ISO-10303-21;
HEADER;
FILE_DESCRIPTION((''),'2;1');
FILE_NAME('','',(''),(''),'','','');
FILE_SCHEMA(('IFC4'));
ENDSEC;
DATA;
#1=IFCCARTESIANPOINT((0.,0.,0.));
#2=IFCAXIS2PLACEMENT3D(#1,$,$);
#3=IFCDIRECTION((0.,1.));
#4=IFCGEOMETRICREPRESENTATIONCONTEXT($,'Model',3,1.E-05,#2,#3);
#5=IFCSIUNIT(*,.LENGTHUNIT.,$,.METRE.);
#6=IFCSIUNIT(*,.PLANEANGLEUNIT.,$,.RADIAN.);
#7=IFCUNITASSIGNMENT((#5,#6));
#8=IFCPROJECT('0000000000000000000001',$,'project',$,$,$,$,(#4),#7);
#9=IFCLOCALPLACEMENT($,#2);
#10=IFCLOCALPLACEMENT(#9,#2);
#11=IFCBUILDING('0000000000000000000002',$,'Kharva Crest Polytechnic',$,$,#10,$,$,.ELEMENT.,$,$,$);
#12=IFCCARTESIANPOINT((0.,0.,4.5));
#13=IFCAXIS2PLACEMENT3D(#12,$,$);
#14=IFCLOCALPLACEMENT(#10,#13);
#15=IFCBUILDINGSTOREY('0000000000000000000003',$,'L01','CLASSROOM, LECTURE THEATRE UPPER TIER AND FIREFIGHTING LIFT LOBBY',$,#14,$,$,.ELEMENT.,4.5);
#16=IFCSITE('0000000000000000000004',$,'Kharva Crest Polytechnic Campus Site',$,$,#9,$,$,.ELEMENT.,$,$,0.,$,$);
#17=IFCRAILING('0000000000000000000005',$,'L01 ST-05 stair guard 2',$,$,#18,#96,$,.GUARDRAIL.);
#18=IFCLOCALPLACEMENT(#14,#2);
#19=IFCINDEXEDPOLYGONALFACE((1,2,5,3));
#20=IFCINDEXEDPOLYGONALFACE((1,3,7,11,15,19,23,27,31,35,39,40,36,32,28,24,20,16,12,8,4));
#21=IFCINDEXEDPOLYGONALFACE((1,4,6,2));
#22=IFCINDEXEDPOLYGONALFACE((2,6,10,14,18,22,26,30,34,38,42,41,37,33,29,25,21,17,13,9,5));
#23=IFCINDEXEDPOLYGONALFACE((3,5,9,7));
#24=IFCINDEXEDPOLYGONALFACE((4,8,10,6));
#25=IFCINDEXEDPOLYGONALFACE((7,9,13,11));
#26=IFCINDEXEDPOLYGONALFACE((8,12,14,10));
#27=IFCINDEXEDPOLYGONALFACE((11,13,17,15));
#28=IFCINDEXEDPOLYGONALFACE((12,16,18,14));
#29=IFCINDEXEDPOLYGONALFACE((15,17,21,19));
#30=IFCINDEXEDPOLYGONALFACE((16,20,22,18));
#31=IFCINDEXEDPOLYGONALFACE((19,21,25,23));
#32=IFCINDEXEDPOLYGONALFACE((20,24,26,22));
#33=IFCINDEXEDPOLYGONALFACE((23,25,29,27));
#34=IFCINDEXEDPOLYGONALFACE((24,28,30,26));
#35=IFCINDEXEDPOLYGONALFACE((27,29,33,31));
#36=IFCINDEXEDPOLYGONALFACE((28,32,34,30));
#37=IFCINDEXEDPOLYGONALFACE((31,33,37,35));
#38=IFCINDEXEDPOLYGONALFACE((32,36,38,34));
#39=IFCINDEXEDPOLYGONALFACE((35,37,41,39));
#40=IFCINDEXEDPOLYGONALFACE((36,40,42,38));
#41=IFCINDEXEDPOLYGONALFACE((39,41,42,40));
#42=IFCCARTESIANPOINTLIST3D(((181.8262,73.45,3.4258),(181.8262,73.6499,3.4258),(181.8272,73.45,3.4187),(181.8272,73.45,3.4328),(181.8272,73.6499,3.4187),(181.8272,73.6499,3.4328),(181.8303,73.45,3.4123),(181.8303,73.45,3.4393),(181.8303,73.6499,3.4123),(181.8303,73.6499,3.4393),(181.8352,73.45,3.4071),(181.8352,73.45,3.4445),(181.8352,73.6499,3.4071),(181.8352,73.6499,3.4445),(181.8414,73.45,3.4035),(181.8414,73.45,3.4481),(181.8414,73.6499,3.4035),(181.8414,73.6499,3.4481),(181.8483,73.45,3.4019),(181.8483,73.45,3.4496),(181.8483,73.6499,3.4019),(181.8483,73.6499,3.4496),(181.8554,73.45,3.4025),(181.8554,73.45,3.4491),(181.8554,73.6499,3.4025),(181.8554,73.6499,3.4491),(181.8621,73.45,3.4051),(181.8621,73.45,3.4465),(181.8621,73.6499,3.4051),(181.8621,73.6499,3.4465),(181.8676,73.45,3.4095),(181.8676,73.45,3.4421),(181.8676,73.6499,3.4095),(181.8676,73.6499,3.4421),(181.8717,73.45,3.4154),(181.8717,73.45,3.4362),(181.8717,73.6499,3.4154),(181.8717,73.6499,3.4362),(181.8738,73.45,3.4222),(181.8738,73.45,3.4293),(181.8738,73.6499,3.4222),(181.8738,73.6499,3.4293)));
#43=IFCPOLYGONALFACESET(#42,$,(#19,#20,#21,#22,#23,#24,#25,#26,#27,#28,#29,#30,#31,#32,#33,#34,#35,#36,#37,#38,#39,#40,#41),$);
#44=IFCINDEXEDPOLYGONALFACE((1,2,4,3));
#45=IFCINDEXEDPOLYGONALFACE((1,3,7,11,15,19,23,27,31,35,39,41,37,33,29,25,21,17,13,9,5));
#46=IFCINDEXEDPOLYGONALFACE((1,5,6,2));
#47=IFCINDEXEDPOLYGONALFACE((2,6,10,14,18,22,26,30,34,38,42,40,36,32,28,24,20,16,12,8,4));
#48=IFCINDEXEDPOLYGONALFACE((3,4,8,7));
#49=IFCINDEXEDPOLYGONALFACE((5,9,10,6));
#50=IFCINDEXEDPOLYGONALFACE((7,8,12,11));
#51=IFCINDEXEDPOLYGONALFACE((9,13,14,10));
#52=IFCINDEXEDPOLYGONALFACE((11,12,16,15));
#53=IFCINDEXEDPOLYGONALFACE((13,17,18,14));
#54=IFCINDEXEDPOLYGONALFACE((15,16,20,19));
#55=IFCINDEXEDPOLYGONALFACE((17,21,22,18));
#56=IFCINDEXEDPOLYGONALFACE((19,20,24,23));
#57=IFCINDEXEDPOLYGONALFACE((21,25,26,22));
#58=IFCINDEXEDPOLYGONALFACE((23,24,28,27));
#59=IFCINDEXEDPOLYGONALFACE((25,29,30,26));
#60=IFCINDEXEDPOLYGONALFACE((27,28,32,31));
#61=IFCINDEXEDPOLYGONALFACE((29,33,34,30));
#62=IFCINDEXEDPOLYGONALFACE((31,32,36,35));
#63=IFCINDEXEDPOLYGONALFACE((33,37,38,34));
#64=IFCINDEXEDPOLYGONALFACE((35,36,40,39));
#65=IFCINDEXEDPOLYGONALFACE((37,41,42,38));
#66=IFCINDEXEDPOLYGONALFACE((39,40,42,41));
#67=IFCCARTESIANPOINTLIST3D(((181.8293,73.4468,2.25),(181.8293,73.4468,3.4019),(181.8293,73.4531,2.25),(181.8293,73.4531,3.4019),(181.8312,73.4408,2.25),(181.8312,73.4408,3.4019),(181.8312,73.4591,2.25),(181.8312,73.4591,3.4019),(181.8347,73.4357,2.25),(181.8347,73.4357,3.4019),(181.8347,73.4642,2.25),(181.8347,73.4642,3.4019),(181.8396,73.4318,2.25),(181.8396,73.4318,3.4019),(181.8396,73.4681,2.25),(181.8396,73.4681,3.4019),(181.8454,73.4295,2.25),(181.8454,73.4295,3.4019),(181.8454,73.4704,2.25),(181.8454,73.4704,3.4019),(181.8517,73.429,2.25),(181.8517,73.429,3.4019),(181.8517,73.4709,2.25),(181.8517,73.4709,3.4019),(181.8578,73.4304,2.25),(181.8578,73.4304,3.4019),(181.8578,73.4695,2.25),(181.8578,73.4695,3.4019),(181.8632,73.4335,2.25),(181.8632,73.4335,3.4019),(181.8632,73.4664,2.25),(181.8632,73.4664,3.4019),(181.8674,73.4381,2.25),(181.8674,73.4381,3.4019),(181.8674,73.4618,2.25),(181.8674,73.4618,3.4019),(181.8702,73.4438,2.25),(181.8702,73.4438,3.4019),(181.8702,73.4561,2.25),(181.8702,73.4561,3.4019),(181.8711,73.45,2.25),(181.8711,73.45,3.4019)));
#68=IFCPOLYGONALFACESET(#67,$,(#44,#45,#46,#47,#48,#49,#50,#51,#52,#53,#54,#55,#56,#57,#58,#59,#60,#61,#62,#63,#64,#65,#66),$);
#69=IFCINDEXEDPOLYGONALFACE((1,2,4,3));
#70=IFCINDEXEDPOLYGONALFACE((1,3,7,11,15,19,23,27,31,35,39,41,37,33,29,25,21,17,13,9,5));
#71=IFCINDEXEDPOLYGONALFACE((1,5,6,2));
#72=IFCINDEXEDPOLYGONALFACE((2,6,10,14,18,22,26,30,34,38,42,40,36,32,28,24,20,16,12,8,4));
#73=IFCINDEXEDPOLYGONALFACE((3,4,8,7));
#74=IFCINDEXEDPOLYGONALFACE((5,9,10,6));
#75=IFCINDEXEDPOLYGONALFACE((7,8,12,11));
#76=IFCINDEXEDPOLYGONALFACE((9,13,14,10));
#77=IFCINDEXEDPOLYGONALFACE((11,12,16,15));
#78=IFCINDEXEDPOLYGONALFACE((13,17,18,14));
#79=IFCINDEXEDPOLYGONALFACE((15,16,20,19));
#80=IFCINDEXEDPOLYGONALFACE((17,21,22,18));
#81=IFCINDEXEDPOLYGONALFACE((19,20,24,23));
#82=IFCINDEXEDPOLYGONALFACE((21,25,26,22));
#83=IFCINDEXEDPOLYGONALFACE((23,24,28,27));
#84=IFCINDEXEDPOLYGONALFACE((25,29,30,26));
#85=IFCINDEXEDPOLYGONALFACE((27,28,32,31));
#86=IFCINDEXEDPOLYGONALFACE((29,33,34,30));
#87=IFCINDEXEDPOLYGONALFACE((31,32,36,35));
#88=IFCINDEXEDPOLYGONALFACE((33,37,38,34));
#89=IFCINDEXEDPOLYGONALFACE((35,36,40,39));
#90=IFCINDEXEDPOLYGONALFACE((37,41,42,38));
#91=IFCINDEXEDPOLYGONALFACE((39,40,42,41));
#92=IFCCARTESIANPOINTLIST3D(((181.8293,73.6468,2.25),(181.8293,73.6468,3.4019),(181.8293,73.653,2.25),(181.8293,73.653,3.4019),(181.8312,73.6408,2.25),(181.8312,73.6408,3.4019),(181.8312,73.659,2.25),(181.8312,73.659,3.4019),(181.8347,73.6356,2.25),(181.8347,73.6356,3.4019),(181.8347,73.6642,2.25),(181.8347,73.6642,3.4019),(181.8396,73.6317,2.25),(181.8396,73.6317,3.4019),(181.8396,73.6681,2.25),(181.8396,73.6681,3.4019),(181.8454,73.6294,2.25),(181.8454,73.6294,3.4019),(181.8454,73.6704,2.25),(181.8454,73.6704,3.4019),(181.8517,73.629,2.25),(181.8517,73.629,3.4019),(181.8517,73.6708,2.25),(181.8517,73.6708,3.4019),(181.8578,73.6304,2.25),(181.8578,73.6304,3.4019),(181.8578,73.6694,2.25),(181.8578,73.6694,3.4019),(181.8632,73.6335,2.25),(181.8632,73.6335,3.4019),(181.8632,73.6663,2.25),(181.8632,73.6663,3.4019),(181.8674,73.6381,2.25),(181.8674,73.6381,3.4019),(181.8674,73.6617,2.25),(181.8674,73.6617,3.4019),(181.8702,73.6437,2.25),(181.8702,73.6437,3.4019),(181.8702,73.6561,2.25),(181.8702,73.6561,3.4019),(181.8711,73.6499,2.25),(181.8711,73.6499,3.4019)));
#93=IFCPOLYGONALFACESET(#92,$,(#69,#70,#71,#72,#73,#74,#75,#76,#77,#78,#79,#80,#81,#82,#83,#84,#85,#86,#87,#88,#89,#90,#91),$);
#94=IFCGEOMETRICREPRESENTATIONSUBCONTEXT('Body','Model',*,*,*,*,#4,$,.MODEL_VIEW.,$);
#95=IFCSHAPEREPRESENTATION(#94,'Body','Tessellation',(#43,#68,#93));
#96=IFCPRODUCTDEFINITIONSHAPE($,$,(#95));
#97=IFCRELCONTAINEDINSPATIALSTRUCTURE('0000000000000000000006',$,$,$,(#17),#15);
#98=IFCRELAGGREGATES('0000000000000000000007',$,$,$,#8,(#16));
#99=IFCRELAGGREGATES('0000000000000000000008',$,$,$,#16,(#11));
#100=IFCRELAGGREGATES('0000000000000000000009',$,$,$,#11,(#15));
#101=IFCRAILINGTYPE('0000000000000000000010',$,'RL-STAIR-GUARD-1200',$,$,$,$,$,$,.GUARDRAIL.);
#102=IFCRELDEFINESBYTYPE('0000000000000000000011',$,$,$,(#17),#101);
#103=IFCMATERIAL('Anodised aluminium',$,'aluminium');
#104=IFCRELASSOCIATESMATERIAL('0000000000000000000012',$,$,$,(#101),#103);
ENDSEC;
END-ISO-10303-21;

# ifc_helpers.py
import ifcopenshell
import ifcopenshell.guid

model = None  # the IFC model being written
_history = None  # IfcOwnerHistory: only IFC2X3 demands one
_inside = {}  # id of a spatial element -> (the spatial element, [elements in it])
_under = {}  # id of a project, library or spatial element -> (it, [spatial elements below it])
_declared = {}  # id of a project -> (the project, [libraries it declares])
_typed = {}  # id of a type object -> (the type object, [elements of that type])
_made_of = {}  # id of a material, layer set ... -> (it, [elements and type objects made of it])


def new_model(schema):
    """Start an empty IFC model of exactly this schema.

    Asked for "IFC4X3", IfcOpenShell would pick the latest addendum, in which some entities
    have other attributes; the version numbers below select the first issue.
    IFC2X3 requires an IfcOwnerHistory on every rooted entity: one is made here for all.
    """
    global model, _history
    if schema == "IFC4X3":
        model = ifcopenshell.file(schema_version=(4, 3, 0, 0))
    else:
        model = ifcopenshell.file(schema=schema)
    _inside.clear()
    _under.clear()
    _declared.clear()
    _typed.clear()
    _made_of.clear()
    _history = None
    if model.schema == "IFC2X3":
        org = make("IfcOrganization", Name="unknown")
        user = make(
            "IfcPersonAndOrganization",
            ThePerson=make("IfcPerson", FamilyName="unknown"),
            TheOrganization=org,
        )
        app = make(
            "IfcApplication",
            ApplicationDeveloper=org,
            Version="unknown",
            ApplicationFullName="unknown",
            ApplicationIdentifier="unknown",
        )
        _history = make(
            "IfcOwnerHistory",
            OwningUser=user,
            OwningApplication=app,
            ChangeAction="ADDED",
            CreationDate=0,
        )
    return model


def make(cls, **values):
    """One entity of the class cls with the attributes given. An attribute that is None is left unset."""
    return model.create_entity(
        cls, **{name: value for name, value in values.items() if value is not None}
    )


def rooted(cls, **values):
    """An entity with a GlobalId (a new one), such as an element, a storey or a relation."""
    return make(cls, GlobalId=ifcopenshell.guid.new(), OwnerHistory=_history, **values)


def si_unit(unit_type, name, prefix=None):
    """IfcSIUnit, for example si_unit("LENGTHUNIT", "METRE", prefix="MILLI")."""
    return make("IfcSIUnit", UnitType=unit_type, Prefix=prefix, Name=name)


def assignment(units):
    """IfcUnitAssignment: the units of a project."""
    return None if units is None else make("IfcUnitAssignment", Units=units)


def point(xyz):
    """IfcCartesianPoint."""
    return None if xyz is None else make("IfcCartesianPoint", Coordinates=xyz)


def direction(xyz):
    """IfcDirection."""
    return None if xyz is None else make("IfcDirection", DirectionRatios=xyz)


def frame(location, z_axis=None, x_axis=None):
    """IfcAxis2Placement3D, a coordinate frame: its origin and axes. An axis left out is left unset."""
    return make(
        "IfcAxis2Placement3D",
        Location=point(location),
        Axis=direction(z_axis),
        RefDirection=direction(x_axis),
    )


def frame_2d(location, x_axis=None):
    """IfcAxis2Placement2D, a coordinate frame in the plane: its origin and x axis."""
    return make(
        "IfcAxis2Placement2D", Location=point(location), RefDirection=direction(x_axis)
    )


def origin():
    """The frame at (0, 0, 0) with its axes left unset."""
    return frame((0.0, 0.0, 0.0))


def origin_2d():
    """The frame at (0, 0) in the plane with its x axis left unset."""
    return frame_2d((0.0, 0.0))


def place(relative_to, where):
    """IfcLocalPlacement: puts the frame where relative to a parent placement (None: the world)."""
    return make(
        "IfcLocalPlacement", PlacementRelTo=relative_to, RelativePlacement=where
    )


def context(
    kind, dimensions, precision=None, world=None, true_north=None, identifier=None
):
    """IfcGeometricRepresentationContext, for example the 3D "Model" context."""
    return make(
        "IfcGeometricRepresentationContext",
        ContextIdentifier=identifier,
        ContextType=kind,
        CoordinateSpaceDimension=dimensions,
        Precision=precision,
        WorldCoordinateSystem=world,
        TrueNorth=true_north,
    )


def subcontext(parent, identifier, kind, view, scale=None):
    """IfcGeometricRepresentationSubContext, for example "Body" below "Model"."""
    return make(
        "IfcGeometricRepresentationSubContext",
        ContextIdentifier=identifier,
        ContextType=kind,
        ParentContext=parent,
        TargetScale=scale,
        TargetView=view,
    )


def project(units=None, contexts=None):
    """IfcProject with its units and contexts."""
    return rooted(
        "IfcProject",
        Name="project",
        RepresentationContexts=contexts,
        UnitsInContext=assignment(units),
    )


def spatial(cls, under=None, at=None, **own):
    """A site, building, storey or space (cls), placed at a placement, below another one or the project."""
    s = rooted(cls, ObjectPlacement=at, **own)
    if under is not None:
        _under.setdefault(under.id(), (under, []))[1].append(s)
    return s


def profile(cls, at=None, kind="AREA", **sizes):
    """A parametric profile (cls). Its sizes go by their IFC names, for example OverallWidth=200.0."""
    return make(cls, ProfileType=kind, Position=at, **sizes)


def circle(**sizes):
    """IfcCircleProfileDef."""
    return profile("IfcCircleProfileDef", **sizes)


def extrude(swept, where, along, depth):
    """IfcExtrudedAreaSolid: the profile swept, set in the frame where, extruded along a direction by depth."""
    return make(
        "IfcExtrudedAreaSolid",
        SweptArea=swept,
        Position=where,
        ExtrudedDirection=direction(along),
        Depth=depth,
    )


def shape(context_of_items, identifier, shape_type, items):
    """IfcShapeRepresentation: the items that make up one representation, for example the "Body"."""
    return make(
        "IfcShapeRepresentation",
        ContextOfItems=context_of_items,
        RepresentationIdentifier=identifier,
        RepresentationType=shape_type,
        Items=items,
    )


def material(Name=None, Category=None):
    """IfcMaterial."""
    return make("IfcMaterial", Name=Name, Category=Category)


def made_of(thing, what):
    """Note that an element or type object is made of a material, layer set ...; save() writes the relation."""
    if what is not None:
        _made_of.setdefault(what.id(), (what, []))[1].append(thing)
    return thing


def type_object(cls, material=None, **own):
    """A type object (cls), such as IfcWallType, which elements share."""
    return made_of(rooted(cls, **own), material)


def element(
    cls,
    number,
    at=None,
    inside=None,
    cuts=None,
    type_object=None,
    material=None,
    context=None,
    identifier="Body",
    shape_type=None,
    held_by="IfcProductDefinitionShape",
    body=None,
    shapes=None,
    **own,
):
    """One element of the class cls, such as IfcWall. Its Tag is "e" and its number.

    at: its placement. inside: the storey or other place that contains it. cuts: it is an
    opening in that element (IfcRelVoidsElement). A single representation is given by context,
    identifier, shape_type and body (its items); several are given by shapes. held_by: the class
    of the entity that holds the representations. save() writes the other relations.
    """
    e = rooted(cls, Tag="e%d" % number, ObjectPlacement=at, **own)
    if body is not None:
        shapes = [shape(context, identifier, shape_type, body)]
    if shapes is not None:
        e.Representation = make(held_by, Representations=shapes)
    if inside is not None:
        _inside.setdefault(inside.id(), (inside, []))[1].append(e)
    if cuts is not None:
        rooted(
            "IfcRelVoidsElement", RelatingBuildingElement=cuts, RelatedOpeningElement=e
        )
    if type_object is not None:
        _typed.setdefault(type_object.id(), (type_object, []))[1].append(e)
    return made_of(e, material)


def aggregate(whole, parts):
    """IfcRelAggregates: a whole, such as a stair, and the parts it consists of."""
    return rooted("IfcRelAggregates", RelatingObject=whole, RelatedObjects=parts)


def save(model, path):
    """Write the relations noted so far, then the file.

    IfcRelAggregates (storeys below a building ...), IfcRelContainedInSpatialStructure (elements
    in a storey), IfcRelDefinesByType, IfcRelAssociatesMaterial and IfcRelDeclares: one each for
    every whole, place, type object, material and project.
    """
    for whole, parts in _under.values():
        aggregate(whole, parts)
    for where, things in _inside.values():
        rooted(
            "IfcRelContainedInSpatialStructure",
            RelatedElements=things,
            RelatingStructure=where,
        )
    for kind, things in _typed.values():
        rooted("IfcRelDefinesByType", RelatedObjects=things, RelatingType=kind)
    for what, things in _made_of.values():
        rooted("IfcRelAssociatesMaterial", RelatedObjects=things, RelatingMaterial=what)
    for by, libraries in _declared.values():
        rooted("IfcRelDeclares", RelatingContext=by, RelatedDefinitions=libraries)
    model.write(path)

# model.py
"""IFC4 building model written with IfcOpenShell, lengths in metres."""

from ifc_helpers import new_model, si_unit, direction, frame, origin, origin_2d, place, context, subcontext, project, spatial, circle, extrude, material, type_object, element, save


model = new_model("IFC4")

# Units and contexts
model_context = context("Model", 3, precision=1e-05, world=origin(), true_north=direction((0.0, 1.0)))
body_context = subcontext(model_context, "Body", "Model", "MODEL_VIEW")
ifc_project = project(units=[si_unit("LENGTHUNIT", "METRE"), si_unit("PLANEANGLEUNIT", "RADIAN")], contexts=[model_context])

# Site, building, storey
site_placement = place(None, origin())
site = spatial("IfcSite", under=ifc_project, at=site_placement, Name="Kharva Crest Polytechnic Campus Site", CompositionType="ELEMENT", RefElevation=0.0)
building_placement = place(site_placement, origin())
building = spatial("IfcBuilding", under=site, at=building_placement, Name="Kharva Crest Polytechnic", CompositionType="ELEMENT")
storey_placement = place(building_placement, frame((0.0, 0.0, 4.5)))
storey = spatial("IfcBuildingStorey", under=building, at=storey_placement, Name="L01", Description="CLASSROOM, LECTURE THEATRE UPPER TIER AND FIREFIGHTING LIFT LOBBY", CompositionType="ELEMENT", Elevation=4.5)

# Railing
ifc_material_1 = material(Name="Anodised aluminium", Category="aluminium")
railing_type_1 = type_object("IfcRailingType", Name="RL-STAIR-GUARD-1200", PredefinedType="GUARDRAIL", material=ifc_material_1)
railing_1_placement = place(storey_placement, frame((181.8501, 73.45, 2.25)))
element("IfcRailing", 1, at=railing_1_placement, inside=storey, type_object=railing_type_1, Name="L01 ST-05 stair guard 2", PredefinedType="GUARDRAIL", context=body_context, shape_type="SweptSolid", body=[
    extrude(circle(Radius=0.0239, at=origin_2d()), frame((0.0, 0.0, 1.1758), z_axis=(0.0, 1.0, 0.0), x_axis=(-1.0, 0.0, 0.0)), (0.0, 0.0, 1.0), 0.2),
    extrude(circle(Radius=0.021, at=origin_2d()), origin(), (0.0, 0.0, 1.0), 1.1519),
    extrude(circle(Radius=0.021, at=origin_2d()), frame((0.0, 0.2, 0.0)), (0.0, 0.0, 1.0), 1.1519),
])

save(model, "model.ifc")
